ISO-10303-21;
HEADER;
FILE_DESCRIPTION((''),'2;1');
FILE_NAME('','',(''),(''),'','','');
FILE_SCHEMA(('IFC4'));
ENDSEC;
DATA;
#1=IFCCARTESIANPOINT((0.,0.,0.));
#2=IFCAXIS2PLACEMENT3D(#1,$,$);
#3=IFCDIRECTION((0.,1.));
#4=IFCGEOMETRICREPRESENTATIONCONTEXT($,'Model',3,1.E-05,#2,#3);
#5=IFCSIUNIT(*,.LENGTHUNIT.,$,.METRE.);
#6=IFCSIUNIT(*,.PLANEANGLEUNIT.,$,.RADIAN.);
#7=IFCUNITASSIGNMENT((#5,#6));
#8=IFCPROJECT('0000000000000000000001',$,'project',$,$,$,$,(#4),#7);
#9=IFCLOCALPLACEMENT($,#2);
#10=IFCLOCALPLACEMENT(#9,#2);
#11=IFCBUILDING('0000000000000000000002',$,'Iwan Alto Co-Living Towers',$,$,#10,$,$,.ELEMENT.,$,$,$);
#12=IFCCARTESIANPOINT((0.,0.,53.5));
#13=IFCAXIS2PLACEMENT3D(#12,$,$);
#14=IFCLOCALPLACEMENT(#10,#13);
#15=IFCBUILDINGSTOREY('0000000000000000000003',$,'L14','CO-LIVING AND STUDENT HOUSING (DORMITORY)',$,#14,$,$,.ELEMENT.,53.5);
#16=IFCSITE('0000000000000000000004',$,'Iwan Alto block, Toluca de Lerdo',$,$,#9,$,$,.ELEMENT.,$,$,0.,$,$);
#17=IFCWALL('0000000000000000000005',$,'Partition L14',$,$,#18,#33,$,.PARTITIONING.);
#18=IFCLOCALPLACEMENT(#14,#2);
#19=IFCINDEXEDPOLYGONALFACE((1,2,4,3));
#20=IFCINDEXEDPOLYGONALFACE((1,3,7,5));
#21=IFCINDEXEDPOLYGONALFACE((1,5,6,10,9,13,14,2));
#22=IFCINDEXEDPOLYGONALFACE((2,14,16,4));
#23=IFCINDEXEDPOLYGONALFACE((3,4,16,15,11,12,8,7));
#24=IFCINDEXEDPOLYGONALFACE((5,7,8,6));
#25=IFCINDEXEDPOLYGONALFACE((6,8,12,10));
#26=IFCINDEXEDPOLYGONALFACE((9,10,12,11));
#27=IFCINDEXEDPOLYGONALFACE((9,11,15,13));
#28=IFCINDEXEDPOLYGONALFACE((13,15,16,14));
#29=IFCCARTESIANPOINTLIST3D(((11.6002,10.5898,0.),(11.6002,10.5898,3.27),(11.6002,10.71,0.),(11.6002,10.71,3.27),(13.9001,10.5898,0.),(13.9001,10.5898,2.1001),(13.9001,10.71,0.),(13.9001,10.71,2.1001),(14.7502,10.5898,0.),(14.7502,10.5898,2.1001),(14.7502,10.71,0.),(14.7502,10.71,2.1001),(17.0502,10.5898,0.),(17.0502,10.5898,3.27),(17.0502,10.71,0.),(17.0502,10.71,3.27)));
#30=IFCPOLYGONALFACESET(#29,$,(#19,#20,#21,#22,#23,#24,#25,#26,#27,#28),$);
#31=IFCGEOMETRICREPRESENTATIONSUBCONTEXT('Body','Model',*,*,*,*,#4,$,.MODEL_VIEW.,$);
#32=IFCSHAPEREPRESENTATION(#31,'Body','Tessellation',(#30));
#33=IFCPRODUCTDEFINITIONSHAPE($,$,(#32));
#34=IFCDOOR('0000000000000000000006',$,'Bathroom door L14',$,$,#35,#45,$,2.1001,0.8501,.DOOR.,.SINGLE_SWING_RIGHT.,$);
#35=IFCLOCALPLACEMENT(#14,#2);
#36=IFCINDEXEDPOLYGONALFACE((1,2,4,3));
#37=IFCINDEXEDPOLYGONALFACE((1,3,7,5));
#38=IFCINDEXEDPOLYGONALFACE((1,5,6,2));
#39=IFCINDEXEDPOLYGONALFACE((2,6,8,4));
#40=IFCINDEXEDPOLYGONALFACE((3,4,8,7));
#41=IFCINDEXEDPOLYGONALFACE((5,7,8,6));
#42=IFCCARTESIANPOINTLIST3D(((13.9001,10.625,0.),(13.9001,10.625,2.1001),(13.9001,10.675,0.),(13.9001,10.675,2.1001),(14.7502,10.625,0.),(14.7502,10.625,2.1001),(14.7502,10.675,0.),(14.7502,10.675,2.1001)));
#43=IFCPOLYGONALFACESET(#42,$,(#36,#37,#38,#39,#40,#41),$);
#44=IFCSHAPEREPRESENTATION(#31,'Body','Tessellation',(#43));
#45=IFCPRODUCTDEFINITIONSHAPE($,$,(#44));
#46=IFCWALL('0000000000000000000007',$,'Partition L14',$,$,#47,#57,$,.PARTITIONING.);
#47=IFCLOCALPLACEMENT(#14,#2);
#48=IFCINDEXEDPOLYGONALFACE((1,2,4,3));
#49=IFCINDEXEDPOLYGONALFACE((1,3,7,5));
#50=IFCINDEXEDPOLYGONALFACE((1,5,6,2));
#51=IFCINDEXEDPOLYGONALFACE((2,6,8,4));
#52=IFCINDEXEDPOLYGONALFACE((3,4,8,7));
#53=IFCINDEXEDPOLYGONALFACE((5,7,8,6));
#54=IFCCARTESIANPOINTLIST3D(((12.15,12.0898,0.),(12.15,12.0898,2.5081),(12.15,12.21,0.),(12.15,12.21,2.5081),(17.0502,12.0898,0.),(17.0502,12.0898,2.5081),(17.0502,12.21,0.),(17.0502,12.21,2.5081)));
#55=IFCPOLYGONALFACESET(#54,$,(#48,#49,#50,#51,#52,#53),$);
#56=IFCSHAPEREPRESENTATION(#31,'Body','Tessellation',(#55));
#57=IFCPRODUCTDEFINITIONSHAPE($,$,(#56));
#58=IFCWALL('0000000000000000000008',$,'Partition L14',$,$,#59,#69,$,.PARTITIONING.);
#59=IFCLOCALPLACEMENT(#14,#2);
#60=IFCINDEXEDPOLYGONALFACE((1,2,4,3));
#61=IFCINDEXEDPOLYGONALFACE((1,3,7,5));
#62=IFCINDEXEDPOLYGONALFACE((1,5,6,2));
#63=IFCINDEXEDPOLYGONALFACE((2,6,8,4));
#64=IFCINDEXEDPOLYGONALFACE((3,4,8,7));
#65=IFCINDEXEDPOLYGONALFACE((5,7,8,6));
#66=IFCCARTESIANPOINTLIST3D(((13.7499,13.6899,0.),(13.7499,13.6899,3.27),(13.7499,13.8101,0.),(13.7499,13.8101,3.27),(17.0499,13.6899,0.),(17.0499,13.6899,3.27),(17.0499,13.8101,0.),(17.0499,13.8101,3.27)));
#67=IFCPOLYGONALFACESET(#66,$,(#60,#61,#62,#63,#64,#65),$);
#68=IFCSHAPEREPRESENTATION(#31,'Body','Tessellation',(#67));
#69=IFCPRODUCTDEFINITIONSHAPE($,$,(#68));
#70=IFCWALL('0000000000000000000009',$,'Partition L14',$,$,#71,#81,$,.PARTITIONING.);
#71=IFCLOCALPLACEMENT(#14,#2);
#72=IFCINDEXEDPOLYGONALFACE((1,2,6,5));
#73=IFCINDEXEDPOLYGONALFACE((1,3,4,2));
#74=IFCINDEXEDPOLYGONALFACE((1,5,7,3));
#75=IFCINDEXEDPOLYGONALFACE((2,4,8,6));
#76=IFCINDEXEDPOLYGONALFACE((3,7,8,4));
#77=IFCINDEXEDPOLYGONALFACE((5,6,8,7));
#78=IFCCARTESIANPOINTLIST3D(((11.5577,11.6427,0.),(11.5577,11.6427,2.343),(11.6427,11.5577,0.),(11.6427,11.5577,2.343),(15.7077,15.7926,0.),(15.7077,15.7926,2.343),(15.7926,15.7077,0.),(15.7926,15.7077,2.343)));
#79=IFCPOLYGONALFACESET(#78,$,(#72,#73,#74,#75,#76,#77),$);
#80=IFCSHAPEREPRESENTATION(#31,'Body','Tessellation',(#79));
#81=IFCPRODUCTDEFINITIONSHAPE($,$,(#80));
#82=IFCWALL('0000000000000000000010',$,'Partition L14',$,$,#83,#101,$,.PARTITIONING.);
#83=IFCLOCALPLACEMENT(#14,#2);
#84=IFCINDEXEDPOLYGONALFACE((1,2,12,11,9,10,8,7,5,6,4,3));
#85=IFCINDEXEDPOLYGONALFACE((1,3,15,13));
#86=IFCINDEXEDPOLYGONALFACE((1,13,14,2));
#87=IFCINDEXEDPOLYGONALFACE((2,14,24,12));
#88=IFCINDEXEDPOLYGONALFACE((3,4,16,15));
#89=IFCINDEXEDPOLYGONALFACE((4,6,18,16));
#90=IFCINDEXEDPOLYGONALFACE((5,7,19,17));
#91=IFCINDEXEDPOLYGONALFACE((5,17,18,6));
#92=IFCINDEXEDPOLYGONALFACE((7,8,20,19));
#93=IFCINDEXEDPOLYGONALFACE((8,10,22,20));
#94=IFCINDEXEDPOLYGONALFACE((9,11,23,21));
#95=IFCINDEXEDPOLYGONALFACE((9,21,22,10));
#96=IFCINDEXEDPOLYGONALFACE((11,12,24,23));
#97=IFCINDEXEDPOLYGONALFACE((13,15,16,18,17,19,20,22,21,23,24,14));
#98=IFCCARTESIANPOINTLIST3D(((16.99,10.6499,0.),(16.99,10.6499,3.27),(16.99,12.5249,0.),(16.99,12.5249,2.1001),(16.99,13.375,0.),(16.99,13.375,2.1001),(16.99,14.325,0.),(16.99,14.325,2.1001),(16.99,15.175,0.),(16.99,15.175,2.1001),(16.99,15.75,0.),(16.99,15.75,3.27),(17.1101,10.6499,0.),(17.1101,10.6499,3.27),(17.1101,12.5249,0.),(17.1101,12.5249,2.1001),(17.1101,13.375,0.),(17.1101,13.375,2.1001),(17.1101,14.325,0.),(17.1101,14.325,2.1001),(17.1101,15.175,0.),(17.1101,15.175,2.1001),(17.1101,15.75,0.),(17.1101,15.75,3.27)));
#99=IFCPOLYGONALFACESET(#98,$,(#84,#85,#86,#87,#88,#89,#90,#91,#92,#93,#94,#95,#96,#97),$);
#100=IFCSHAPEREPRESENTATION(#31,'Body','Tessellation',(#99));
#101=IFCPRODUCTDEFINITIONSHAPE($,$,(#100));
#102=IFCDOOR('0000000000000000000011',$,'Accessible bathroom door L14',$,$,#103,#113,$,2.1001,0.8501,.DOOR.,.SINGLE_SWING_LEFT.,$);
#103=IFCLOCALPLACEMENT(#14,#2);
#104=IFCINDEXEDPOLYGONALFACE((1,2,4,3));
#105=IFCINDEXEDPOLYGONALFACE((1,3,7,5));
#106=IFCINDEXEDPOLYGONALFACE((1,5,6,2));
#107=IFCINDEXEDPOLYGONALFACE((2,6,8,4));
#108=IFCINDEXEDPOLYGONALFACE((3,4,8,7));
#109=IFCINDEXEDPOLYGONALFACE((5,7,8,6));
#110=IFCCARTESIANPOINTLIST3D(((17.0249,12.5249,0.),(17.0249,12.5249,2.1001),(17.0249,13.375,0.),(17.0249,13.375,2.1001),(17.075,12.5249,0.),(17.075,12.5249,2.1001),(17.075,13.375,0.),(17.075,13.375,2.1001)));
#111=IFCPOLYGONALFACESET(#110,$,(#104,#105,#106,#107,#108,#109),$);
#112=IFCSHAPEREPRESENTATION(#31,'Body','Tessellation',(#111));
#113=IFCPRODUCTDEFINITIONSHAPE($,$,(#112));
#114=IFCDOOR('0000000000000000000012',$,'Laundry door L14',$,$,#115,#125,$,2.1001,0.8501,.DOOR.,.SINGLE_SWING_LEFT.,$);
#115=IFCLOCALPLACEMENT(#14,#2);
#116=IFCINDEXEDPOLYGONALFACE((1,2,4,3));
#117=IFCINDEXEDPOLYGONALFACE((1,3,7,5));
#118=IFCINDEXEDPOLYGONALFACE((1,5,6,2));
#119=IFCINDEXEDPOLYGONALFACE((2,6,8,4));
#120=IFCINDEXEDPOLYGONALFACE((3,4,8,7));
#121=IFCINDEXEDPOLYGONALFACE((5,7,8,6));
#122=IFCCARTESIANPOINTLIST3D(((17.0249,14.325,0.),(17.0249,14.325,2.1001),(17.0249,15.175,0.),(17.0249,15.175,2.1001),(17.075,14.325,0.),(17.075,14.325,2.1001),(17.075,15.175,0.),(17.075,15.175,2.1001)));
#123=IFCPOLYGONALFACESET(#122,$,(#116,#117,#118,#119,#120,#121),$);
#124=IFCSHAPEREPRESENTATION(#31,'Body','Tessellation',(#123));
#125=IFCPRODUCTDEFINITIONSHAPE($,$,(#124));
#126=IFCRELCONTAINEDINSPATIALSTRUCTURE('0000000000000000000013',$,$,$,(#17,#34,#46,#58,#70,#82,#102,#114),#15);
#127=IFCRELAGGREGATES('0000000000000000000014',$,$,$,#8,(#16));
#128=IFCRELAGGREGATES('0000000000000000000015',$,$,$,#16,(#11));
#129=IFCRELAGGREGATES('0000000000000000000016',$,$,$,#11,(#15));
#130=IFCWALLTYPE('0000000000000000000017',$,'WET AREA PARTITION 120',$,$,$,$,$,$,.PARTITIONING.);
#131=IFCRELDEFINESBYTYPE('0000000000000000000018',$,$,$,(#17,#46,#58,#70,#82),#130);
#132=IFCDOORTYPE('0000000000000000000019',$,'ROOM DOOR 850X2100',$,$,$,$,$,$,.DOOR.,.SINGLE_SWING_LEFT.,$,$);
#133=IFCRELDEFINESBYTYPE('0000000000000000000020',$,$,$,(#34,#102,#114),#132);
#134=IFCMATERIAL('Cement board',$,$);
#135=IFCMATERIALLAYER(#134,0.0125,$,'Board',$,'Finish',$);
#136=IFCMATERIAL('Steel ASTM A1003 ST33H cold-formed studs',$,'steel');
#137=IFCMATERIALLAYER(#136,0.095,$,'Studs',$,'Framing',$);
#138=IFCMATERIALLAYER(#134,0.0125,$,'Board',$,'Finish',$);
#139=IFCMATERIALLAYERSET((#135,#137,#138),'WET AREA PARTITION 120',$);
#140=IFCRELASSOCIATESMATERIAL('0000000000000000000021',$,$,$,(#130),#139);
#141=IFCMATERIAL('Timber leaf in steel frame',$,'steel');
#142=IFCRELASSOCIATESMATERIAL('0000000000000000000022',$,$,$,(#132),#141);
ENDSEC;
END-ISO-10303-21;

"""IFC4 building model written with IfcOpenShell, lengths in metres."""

from ifc_helpers import new_model, si_unit, direction, frame, frame_2d, origin, place, context, subcontext, project, spatial, rectangle, extrude, material, layer, layer_set, type_object, element, fill, save


model = new_model("IFC4")

# Units and contexts
model_context = context("Model", 3, precision=1e-05, world=origin(), true_north=direction((0.0, 1.0)))
body_context = subcontext(model_context, "Body", "Model", "MODEL_VIEW")
ifc_project = project(units=[si_unit("LENGTHUNIT", "METRE"), si_unit("PLANEANGLEUNIT", "RADIAN")], contexts=[model_context])

# Site, building, storey
site_placement = place(None, origin())
site = spatial("IfcSite", under=ifc_project, at=site_placement, Name="Iwan Alto block, Toluca de Lerdo", CompositionType="ELEMENT", RefElevation=0.0)
building_placement = place(site_placement, origin())
building = spatial("IfcBuilding", under=site, at=building_placement, Name="Iwan Alto Co-Living Towers", CompositionType="ELEMENT")
storey_placement = place(building_placement, frame((0.0, 0.0, 53.5)))
storey = spatial("IfcBuildingStorey", under=building, at=storey_placement, Name="L14", Description="CO-LIVING AND STUDENT HOUSING (DORMITORY)", CompositionType="ELEMENT", Elevation=53.5)

# Shared definitions
ifc_material_1 = material(Name="Steel ASTM A1003 ST33H cold-formed studs", Category="steel")

# Wall, opening, door
ifc_material_2 = material(Name="Cement board")
ifc_layer_1 = layer(ifc_material_2, 0.0125, Name="Board", Category="Finish")
ifc_layer_2 = layer(ifc_material_1, 0.095, Name="Studs", Category="Framing")
ifc_layer_3 = layer(ifc_material_2, 0.0125, Name="Board", Category="Finish")
ifc_layer_set_1 = layer_set([ifc_layer_1, ifc_layer_2, ifc_layer_3], Name="WET AREA PARTITION 120")
wall_type_1 = type_object("IfcWallType", Name="WET AREA PARTITION 120", PredefinedType="PARTITIONING", material=ifc_layer_set_1)
wall_1_placement = place(storey_placement, frame((11.6001, 10.6499, 0.0), z_axis=(0.0, 0.0, 1.0), x_axis=(1.0, 0.0, 0.0)))
wall_1 = element("IfcWall", 1, at=wall_1_placement, inside=storey, type_object=wall_type_1, Name="Partition L14", PredefinedType="PARTITIONING", context=body_context, shape_type="SweptSolid", body=[
    extrude(rectangle(XDim=5.45, YDim=0.1201, at=frame_2d((2.7251, 0.0))), origin(), (0.0, 0.0, 1.0), 3.27),
])
opening_1_placement = place(wall_1_placement, frame((2.3, 0.0, 0.0)))
opening_1 = element("IfcOpeningElement", 2, at=opening_1_placement, cuts=wall_1, PredefinedType="OPENING", context=body_context, shape_type="SweptSolid", body=[
    extrude(rectangle(XDim=0.8501, YDim=2.1001, at=frame_2d((0.425, 1.05))), frame((0.0, 0.0701, 0.0), z_axis=(0.0, -1.0, 0.0), x_axis=(1.0, 0.0, 0.0)), (0.0, 0.0, 1.0), 0.1401),
])
ifc_material_3 = material(Name="Timber leaf in steel frame", Category="steel")
door_type_1 = type_object("IfcDoorType", Name="ROOM DOOR 850X2100", OperationType="SINGLE_SWING_LEFT", PredefinedType="DOOR", material=ifc_material_3)
door_1_placement = place(opening_1_placement, frame((0.8501, 0.0, 0.0), z_axis=(0.0, 0.0, 1.0), x_axis=(-1.0, 0.0, 0.0)))
door_1 = element("IfcDoor", 3, at=door_1_placement, inside=storey, type_object=door_type_1, Name="Bathroom door L14", OperationType="SINGLE_SWING_RIGHT", OverallHeight=2.1001, OverallWidth=0.8501, PredefinedType="DOOR", context=body_context, shape_type="SweptSolid", body=[
    extrude(rectangle(XDim=0.8501, YDim=2.1001, at=frame_2d((0.425, 1.05))), frame((0.0, 0.0249, 0.0), z_axis=(0.0, -1.0, 0.0), x_axis=(1.0, 0.0, 0.0)), (0.0, 0.0, 1.0), 0.05),
])
fill(opening_1, door_1)

# Walls
wall_2_placement = place(storey_placement, frame((12.1499, 12.1499, 0.0), z_axis=(0.0, 0.0, 1.0), x_axis=(1.0, 0.0, 0.0)))
element("IfcWall", 4, at=wall_2_placement, inside=storey, type_object=wall_type_1, Name="Partition L14", PredefinedType="PARTITIONING", context=body_context, shape_type="SweptSolid", body=[
    extrude(rectangle(XDim=4.9001, YDim=0.1201, at=frame_2d((2.4502, 0.0))), origin(), (0.0, 0.0, 1.0), 2.5081),
])
wall_3_placement = place(storey_placement, frame((13.75, 13.75, 0.0), z_axis=(0.0, 0.0, 1.0), x_axis=(1.0, 0.0, 0.0)))
element("IfcWall", 5, at=wall_3_placement, inside=storey, type_object=wall_type_1, Name="Partition L14", PredefinedType="PARTITIONING", context=body_context, shape_type="SweptSolid", body=[
    extrude(rectangle(XDim=3.3, YDim=0.1201, at=frame_2d((1.6499, 0.0))), origin(), (0.0, 0.0, 1.0), 3.27),
])
wall_4_placement = place(storey_placement, frame((11.6001, 11.6001, 0.0), z_axis=(0.0, 0.0, 1.0), x_axis=(0.707107, 0.707107, 0.0)))
element("IfcWall", 6, at=wall_4_placement, inside=storey, type_object=wall_type_1, Name="Partition L14", PredefinedType="PARTITIONING", context=body_context, shape_type="SweptSolid", body=[
    extrude(rectangle(XDim=5.8689, YDim=0.1201, at=frame_2d((2.9346, 0.0))), origin(), (0.0, 0.0, 1.0), 2.343),
])

# Wall, openings, doors
wall_5_placement = place(storey_placement, frame((17.05, 10.6499, 0.0), z_axis=(0.0, 0.0, 1.0), x_axis=(0.0, 1.0, 0.0)))
wall_5 = element("IfcWall", 7, at=wall_5_placement, inside=storey, type_object=wall_type_1, Name="Partition L14", PredefinedType="PARTITIONING", context=body_context, shape_type="SweptSolid", body=[
    extrude(rectangle(XDim=5.1001, YDim=0.1201, at=frame_2d((2.55, 0.0))), origin(), (0.0, 0.0, 1.0), 3.27),
])
opening_2_placement = place(wall_5_placement, frame((1.875, 0.0, 0.0)))
opening_2 = element("IfcOpeningElement", 8, at=opening_2_placement, cuts=wall_5, PredefinedType="OPENING", context=body_context, shape_type="SweptSolid", body=[
    extrude(rectangle(XDim=0.8501, YDim=2.1001, at=frame_2d((0.425, 1.05))), frame((0.0, 0.0701, 0.0), z_axis=(0.0, -1.0, 0.0), x_axis=(1.0, 0.0, 0.0)), (0.0, 0.0, 1.0), 0.1401),
])
opening_3_placement = place(wall_5_placement, frame((3.675, 0.0, 0.0)))
opening_3 = element("IfcOpeningElement", 9, at=opening_3_placement, cuts=wall_5, PredefinedType="OPENING", context=body_context, shape_type="SweptSolid", body=[
    extrude(rectangle(XDim=0.8501, YDim=2.1001, at=frame_2d((0.425, 1.05))), frame((0.0, 0.0701, 0.0), z_axis=(0.0, -1.0, 0.0), x_axis=(1.0, 0.0, 0.0)), (0.0, 0.0, 1.0), 0.1401),
])
door_2_placement = place(opening_2_placement, frame((0.8501, 0.0, 0.0), z_axis=(0.0, 0.0, 1.0), x_axis=(-1.0, 0.0, 0.0)))
door_2 = element("IfcDoor", 10, at=door_2_placement, inside=storey, type_object=door_type_1, Name="Accessible bathroom door L14", OperationType="SINGLE_SWING_LEFT", OverallHeight=2.1001, OverallWidth=0.8501, PredefinedType="DOOR", context=body_context, shape_type="SweptSolid", body=[
    extrude(rectangle(XDim=0.8501, YDim=2.1001, at=frame_2d((0.425, 1.05))), frame((0.0, 0.0249, 0.0), z_axis=(0.0, -1.0, 0.0), x_axis=(1.0, 0.0, 0.0)), (0.0, 0.0, 1.0), 0.05),
])
fill(opening_2, door_2)
door_3_placement = place(opening_3_placement, frame((0.8501, 0.0, 0.0), z_axis=(0.0, 0.0, 1.0), x_axis=(-1.0, 0.0, 0.0)))
door_3 = element("IfcDoor", 11, at=door_3_placement, inside=storey, type_object=door_type_1, Name="Laundry door L14", OperationType="SINGLE_SWING_LEFT", OverallHeight=2.1001, OverallWidth=0.8501, PredefinedType="DOOR", context=body_context, shape_type="SweptSolid", body=[
    extrude(rectangle(XDim=0.8501, YDim=2.1001, at=frame_2d((0.425, 1.05))), frame((0.0, 0.0249, 0.0), z_axis=(0.0, -1.0, 0.0), x_axis=(1.0, 0.0, 0.0)), (0.0, 0.0, 1.0), 0.05),
])
fill(opening_3, door_3)

save(model, "model.ifc")
